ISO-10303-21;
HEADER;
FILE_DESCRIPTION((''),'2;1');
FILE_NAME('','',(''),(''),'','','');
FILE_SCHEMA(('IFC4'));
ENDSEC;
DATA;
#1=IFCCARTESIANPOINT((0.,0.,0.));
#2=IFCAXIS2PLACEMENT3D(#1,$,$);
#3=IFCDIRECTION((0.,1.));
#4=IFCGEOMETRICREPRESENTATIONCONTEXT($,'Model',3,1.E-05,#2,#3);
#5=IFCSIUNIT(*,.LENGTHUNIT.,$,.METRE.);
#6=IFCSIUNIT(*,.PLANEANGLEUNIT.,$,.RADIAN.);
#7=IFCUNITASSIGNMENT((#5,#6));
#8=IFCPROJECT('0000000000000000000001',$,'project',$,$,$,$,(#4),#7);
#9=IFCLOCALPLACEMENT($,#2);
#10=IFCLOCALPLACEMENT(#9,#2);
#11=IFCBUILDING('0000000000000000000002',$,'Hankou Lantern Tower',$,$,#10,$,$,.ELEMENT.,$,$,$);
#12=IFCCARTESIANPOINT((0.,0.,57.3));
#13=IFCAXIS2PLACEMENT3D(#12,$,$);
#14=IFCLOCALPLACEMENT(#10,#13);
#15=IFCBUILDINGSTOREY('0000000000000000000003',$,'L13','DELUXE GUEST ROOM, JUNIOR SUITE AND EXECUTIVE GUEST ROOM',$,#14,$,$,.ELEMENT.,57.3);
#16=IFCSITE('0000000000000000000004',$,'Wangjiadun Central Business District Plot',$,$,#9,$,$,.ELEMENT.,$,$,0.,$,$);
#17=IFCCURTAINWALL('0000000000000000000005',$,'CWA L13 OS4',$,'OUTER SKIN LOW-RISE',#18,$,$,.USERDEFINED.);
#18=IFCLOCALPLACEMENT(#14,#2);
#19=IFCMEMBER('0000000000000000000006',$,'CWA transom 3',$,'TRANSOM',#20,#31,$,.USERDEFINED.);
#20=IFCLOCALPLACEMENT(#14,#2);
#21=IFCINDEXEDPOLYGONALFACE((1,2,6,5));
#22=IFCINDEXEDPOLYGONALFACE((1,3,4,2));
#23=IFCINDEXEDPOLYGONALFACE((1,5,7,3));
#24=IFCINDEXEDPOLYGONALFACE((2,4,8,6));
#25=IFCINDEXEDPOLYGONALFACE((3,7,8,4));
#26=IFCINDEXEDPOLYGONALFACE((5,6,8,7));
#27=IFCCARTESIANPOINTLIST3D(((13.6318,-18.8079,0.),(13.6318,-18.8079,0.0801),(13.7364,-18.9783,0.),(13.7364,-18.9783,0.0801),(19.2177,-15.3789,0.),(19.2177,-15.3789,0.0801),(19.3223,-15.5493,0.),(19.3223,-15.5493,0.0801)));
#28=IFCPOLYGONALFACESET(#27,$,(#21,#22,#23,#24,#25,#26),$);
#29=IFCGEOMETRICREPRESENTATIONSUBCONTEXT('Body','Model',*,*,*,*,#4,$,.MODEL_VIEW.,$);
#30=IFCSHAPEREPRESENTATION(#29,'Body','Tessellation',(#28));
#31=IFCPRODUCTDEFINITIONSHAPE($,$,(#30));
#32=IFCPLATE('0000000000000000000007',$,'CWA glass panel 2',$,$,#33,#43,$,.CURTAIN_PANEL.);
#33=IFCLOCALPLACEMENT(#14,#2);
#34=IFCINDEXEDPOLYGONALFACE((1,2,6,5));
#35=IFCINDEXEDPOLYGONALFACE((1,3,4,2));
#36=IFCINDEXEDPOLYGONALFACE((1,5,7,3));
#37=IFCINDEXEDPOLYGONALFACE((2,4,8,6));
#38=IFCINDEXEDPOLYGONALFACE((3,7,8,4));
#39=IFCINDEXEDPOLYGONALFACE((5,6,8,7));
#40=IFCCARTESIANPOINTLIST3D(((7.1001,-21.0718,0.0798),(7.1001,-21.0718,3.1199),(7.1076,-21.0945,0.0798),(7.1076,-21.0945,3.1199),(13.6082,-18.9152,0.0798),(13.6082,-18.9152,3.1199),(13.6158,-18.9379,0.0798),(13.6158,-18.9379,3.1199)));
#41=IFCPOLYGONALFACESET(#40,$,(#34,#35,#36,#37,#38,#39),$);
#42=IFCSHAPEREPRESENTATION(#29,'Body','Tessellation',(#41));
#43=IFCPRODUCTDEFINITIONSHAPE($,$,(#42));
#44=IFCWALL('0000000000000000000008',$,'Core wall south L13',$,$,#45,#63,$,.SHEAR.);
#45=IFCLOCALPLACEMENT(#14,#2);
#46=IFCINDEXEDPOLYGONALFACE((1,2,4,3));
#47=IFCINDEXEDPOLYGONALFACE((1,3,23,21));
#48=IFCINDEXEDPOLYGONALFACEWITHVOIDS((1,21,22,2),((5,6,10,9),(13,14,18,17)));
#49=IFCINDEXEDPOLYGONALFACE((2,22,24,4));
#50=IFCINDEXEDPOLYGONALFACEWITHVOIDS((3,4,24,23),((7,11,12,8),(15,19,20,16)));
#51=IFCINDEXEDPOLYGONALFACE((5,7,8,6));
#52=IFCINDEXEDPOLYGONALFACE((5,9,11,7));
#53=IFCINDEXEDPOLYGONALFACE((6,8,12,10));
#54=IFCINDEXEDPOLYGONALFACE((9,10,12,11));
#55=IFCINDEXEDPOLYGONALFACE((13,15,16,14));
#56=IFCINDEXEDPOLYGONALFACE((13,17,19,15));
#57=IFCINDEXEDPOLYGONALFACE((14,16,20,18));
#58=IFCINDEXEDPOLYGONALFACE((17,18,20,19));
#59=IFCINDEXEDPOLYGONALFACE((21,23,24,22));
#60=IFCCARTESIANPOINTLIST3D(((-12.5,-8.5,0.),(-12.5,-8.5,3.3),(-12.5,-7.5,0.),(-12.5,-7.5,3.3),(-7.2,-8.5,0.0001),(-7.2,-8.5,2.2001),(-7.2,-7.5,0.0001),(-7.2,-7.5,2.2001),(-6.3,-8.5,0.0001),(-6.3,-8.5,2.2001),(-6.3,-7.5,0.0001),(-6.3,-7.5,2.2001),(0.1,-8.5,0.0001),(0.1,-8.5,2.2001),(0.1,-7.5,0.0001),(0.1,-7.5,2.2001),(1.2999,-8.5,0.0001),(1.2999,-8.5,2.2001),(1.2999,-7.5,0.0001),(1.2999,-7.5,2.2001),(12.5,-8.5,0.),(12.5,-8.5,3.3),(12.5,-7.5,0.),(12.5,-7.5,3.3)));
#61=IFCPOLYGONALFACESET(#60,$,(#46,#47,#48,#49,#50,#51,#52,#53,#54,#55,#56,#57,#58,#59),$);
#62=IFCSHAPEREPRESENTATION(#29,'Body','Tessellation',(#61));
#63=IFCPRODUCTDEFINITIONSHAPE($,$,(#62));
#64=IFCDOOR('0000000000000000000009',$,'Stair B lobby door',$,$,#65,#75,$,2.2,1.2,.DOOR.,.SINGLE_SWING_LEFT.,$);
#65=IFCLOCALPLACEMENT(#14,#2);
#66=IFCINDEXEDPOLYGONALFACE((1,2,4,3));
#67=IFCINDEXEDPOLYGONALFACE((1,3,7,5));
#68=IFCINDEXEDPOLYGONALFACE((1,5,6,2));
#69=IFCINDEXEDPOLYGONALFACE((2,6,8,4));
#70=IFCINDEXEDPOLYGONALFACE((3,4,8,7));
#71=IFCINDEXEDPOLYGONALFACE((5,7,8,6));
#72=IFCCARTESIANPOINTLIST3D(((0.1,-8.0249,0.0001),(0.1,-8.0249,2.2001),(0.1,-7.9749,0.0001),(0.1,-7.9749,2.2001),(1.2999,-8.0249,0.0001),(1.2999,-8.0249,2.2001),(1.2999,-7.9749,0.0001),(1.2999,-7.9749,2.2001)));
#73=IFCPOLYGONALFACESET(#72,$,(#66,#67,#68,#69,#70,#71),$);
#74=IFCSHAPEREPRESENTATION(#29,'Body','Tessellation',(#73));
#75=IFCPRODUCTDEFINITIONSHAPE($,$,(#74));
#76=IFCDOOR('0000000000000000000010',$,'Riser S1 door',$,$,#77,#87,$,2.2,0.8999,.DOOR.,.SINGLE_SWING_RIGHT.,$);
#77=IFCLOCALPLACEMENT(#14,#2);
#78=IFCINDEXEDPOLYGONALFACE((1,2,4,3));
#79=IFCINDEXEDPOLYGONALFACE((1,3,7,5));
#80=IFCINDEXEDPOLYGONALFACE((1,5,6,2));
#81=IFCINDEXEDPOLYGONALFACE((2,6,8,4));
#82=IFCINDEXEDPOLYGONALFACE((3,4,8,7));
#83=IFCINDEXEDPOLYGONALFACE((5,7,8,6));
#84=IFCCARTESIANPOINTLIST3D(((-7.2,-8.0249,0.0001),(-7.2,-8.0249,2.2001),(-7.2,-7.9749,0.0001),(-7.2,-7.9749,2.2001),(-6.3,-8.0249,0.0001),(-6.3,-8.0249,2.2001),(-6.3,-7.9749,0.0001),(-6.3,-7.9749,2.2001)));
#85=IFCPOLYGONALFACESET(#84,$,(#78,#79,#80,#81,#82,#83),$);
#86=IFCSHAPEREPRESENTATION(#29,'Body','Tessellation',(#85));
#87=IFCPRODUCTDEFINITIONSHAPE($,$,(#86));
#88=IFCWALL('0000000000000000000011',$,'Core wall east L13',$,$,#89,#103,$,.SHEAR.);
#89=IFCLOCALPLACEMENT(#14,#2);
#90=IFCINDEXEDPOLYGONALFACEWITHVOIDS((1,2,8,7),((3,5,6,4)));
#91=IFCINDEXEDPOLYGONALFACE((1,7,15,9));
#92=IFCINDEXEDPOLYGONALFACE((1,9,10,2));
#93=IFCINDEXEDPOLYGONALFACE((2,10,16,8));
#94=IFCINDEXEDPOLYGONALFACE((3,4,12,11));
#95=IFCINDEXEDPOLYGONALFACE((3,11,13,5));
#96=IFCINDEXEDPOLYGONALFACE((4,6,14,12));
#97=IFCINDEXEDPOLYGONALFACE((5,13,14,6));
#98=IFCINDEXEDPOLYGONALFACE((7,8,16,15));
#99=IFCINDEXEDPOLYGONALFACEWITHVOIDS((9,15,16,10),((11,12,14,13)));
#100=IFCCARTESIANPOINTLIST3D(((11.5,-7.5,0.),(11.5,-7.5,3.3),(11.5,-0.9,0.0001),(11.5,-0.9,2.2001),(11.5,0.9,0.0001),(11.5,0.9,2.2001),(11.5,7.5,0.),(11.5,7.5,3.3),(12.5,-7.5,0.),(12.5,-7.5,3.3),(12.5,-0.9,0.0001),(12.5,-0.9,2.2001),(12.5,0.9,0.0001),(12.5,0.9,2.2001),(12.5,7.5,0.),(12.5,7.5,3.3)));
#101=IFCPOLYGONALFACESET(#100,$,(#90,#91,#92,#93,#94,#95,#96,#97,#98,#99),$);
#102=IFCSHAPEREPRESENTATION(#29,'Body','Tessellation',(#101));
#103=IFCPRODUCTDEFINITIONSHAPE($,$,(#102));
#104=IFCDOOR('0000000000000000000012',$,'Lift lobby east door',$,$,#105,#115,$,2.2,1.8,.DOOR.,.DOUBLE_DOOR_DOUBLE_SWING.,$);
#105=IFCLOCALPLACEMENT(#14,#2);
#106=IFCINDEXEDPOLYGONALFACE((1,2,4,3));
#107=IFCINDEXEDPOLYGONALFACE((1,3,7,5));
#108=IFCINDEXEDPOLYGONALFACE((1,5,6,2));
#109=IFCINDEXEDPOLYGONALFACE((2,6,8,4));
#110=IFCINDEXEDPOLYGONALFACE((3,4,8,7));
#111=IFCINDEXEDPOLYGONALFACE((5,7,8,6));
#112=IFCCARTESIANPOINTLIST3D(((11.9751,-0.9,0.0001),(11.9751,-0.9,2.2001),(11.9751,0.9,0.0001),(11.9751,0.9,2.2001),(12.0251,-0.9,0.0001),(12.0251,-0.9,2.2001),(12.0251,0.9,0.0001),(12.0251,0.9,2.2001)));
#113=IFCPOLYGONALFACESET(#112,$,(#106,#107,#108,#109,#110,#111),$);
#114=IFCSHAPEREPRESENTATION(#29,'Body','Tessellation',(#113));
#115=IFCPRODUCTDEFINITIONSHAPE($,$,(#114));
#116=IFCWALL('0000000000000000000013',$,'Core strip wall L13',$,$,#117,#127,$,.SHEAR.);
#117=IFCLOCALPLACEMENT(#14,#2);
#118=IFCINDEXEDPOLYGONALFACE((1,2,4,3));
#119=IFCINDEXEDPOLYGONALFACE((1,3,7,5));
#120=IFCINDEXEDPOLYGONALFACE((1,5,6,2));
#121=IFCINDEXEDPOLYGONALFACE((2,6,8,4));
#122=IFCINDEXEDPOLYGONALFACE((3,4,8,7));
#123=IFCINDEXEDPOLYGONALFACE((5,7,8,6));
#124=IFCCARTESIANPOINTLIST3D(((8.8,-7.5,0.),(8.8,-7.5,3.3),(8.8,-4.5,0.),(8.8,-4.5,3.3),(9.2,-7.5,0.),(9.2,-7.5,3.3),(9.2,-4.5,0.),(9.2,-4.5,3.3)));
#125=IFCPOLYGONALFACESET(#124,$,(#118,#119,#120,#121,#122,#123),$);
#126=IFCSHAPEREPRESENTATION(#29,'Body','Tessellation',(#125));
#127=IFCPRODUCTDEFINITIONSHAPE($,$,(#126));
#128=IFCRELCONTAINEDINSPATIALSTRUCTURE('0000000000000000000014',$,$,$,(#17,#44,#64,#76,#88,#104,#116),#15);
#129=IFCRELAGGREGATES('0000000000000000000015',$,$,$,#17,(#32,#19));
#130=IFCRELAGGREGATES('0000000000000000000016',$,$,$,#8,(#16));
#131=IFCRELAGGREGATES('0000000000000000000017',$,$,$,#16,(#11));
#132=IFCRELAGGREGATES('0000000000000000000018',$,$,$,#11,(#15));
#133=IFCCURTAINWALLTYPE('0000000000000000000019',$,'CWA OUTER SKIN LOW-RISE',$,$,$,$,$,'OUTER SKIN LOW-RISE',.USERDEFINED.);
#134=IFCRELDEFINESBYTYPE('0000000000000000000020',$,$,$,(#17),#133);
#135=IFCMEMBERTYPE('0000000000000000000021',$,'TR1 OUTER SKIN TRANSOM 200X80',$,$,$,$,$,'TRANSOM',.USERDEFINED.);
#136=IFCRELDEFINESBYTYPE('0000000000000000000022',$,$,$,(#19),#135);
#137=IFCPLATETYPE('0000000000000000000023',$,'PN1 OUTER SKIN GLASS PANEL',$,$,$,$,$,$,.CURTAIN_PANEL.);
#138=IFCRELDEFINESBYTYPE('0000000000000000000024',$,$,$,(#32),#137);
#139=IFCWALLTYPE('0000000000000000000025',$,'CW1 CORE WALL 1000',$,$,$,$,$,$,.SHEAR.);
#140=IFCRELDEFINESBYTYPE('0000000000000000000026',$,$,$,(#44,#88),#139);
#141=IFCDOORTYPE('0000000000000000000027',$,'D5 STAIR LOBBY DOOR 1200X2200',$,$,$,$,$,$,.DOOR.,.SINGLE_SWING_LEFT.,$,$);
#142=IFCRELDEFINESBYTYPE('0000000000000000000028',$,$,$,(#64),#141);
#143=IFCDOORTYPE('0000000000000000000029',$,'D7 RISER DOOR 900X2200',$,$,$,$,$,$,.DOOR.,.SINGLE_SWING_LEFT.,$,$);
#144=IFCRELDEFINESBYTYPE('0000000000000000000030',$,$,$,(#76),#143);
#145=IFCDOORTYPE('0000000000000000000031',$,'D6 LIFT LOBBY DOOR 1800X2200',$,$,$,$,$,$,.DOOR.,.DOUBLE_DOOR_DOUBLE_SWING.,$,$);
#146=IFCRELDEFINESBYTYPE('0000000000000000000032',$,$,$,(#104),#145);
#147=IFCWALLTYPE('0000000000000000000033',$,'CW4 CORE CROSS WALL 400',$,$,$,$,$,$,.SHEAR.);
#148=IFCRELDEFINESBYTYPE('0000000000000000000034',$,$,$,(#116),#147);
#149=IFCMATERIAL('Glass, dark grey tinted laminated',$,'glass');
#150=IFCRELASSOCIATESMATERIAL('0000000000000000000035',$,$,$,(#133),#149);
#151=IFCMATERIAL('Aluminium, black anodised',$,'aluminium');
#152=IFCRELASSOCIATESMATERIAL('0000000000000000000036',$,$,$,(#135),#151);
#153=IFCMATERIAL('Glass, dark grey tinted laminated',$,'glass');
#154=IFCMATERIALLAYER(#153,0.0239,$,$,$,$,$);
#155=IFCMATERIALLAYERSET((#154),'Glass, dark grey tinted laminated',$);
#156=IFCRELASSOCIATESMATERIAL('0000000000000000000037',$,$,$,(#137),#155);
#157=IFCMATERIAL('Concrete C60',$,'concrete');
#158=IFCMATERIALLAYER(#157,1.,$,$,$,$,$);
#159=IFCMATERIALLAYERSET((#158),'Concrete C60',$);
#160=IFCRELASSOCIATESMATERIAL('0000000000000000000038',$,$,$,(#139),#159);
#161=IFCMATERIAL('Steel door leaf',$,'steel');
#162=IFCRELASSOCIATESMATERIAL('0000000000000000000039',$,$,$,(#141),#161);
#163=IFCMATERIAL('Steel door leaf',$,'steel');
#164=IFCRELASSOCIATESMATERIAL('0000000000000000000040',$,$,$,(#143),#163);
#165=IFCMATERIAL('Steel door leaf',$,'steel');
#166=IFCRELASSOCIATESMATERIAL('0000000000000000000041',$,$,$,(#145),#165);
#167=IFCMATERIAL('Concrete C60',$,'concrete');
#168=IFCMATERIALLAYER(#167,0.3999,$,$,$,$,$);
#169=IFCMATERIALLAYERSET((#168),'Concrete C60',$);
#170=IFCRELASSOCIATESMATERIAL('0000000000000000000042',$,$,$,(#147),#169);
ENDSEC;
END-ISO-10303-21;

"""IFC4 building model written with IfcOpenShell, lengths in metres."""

from ifc_helpers import new_model, si_unit, direction, frame, frame_2d, origin, origin_2d, place, context, subcontext, project, spatial, rectangle, extrude, material, layer, layer_set, material_profile, profile_set, type_object, element, fill, aggregate, save


model = new_model("IFC4")

# Units and contexts
model_context = context("Model", 3, precision=1e-05, world=origin(), true_north=direction((0.0, 1.0)))
body_context = subcontext(model_context, "Body", "Model", "MODEL_VIEW")
ifc_project = project(units=[si_unit("LENGTHUNIT", "METRE"), si_unit("PLANEANGLEUNIT", "RADIAN")], contexts=[model_context])

# Site, building, storey
site_placement = place(None, origin())
site = spatial("IfcSite", under=ifc_project, at=site_placement, Name="Wangjiadun Central Business District Plot", CompositionType="ELEMENT", RefElevation=0.0)
building_placement = place(site_placement, origin())
building = spatial("IfcBuilding", under=site, at=building_placement, Name="Hankou Lantern Tower", CompositionType="ELEMENT")
storey_placement = place(building_placement, frame((0.0, 0.0, 57.3)))
storey = spatial("IfcBuildingStorey", under=building, at=storey_placement, Name="L13", Description="DELUXE GUEST ROOM, JUNIOR SUITE AND EXECUTIVE GUEST ROOM", CompositionType="ELEMENT", Elevation=57.3)

# Curtain wall
ifc_material_1 = material(Name="Glass, dark grey tinted laminated", Category="glass")
curtain_wall_type = type_object("IfcCurtainWallType", Name="CWA OUTER SKIN LOW-RISE", ElementType="OUTER SKIN LOW-RISE", PredefinedType="USERDEFINED", material=ifc_material_1)
curtain_wall_placement = place(storey_placement, origin())
curtain_wall = element("IfcCurtainWall", 1, at=curtain_wall_placement, inside=storey, type_object=curtain_wall_type, Name="CWA L13 OS4", ObjectType="OUTER SKIN LOW-RISE", PredefinedType="USERDEFINED")

# Member
ifc_material_2 = material(Name="Aluminium, black anodised", Category="aluminium")
ifc_material_profile_1 = material_profile(ifc_material_2, rectangle(XDim=0.2, YDim=0.0801, at=origin_2d()), Name="TR1 200X80")
ifc_profile_set_1 = profile_set([ifc_material_profile_1], Name="Aluminium, black anodised")
member_type_1 = type_object("IfcMemberType", Name="TR1 OUTER SKIN TRANSOM 200X80", ElementType="TRANSOM", PredefinedType="USERDEFINED", material=ifc_profile_set_1)
member_1_placement = place(storey_placement, frame((13.6841, -18.8931, 0.04), z_axis=(0.85224, 0.523152, 0.0), x_axis=(-0.523152, 0.85224, 0.0)))
member_1 = element("IfcMember", 2, at=member_1_placement, type_object=member_type_1, Name="CWA transom 3", ObjectType="TRANSOM", PredefinedType="USERDEFINED", context=body_context, shape_type="SweptSolid", body=[
    extrude(rectangle(XDim=0.2, YDim=0.0801, at=origin_2d()), origin(), (0.0, 0.0, 1.0), 6.5544),
])

# Plate
ifc_material_3 = material(Name="Glass, dark grey tinted laminated", Category="glass")
ifc_layer_1 = layer(ifc_material_3, 0.0239)
ifc_layer_set_1 = layer_set([ifc_layer_1], Name="Glass, dark grey tinted laminated")
plate_type = type_object("IfcPlateType", Name="PN1 OUTER SKIN GLASS PANEL", PredefinedType="CURTAIN_PANEL", material=ifc_layer_set_1)
plate_placement = place(storey_placement, frame((10.3579, -20.0049, 0.0798), z_axis=(0.0, 0.0, 1.0), x_axis=(0.949241, 0.314551, 0.0)))
plate = element("IfcPlate", 3, at=plate_placement, type_object=plate_type, Name="CWA glass panel 2", PredefinedType="CURTAIN_PANEL", context=body_context, shape_type="SweptSolid", body=[
    extrude(rectangle(XDim=6.8562, YDim=0.0239, at=origin_2d()), origin(), (0.0, 0.0, 1.0), 3.04),
])
aggregate(curtain_wall, [plate, member_1])

# Wall, openings, doors
ifc_material_4 = material(Name="Concrete C60", Category="concrete")
ifc_layer_2 = layer(ifc_material_4, 1.0)
ifc_layer_set_2 = layer_set([ifc_layer_2], Name="Concrete C60")
wall_type_1 = type_object("IfcWallType", Name="CW1 CORE WALL 1000", PredefinedType="SHEAR", material=ifc_layer_set_2)
wall_1_placement = place(storey_placement, frame((12.5, -8.0, 0.0), z_axis=(0.0, 0.0, 1.0), x_axis=(-1.0, 0.0, 0.0)))
wall_1 = element("IfcWall", 4, at=wall_1_placement, inside=storey, type_object=wall_type_1, Name="Core wall south L13", PredefinedType="SHEAR", context=body_context, shape_type="SweptSolid", body=[
    extrude(rectangle(XDim=25.0, YDim=1.0, at=frame_2d((12.5, 0.0))), origin(), (0.0, 0.0, 1.0), 3.3),
])
opening_1_placement = place(wall_1_placement, frame((11.2, 0.0, 0.0)))
opening_1 = element("IfcOpeningElement", 5, at=opening_1_placement, cuts=wall_1, PredefinedType="OPENING", context=body_context, shape_type="SweptSolid", body=[
    extrude(rectangle(XDim=1.2, YDim=2.2, at=frame_2d((0.6001, 1.1001))), frame((0.0, 0.51, 0.0), z_axis=(0.0, -1.0, 0.0), x_axis=(1.0, 0.0, 0.0)), (0.0, 0.0, 1.0), 1.02),
])
opening_2_placement = place(wall_1_placement, frame((18.8, 0.0, 0.0)))
opening_2 = element("IfcOpeningElement", 6, at=opening_2_placement, cuts=wall_1, PredefinedType="OPENING", context=body_context, shape_type="SweptSolid", body=[
    extrude(rectangle(XDim=0.8999, YDim=2.2, at=frame_2d((0.45, 1.1001))), frame((0.0, 0.51, 0.0), z_axis=(0.0, -1.0, 0.0), x_axis=(1.0, 0.0, 0.0)), (0.0, 0.0, 1.0), 1.02),
])
ifc_material_5 = material(Name="Steel door leaf", Category="steel")
door_type_1 = type_object("IfcDoorType", Name="D5 STAIR LOBBY DOOR 1200X2200", OperationType="SINGLE_SWING_LEFT", PredefinedType="DOOR", material=ifc_material_5)
door_1_placement = place(opening_1_placement, origin())
door_1 = element("IfcDoor", 7, at=door_1_placement, inside=storey, type_object=door_type_1, Name="Stair B lobby door", OperationType="SINGLE_SWING_LEFT", OverallHeight=2.2, OverallWidth=1.2, PredefinedType="DOOR", context=body_context, shape_type="SweptSolid", body=[
    extrude(rectangle(XDim=1.2, YDim=2.2, at=frame_2d((0.6001, 1.1001))), frame((0.0, 0.0249, 0.0), z_axis=(0.0, -1.0, 0.0), x_axis=(1.0, 0.0, 0.0)), (0.0, 0.0, 1.0), 0.05),
])
fill(opening_1, door_1)
ifc_material_6 = material(Name="Steel door leaf", Category="steel")
door_type_2 = type_object("IfcDoorType", Name="D7 RISER DOOR 900X2200", OperationType="SINGLE_SWING_LEFT", PredefinedType="DOOR", material=ifc_material_6)
door_2_placement = place(opening_2_placement, origin())
door_2 = element("IfcDoor", 8, at=door_2_placement, inside=storey, type_object=door_type_2, Name="Riser S1 door", OperationType="SINGLE_SWING_RIGHT", OverallHeight=2.2, OverallWidth=0.8999, PredefinedType="DOOR", context=body_context, shape_type="SweptSolid", body=[
    extrude(rectangle(XDim=0.8999, YDim=2.2, at=frame_2d((0.45, 1.1001))), frame((0.0, 0.0249, 0.0), z_axis=(0.0, -1.0, 0.0), x_axis=(1.0, 0.0, 0.0)), (0.0, 0.0, 1.0), 0.05),
])
fill(opening_2, door_2)

# Wall, opening, door
wall_2_placement = place(storey_placement, frame((12.0, -7.5, 0.0), z_axis=(0.0, 0.0, 1.0), x_axis=(0.0, 1.0, 0.0)))
wall_2 = element("IfcWall", 9, at=wall_2_placement, inside=storey, type_object=wall_type_1, Name="Core wall east L13", PredefinedType="SHEAR", context=body_context, shape_type="SweptSolid", body=[
    extrude(rectangle(XDim=15.0, YDim=1.0, at=frame_2d((7.5, 0.0))), origin(), (0.0, 0.0, 1.0), 3.3),
])
opening_3_placement = place(wall_2_placement, frame((6.6001, 0.0, 0.0)))
opening_3 = element("IfcOpeningElement", 10, at=opening_3_placement, cuts=wall_2, PredefinedType="OPENING", context=body_context, shape_type="SweptSolid", body=[
    extrude(rectangle(XDim=1.8, YDim=2.2, at=frame_2d((0.8999, 1.1001))), frame((0.0, 0.51, 0.0), z_axis=(0.0, -1.0, 0.0), x_axis=(1.0, 0.0, 0.0)), (0.0, 0.0, 1.0), 1.02),
])
ifc_material_7 = material(Name="Steel door leaf", Category="steel")
door_type_3 = type_object("IfcDoorType", Name="D6 LIFT LOBBY DOOR 1800X2200", OperationType="DOUBLE_DOOR_DOUBLE_SWING", PredefinedType="DOOR", material=ifc_material_7)
door_3_placement = place(opening_3_placement, origin())
door_3 = element("IfcDoor", 11, at=door_3_placement, inside=storey, type_object=door_type_3, Name="Lift lobby east door", OperationType="DOUBLE_DOOR_DOUBLE_SWING", OverallHeight=2.2, OverallWidth=1.8, PredefinedType="DOOR", context=body_context, shape_type="SweptSolid", body=[
    extrude(rectangle(XDim=1.8, YDim=2.2, at=frame_2d((0.8999, 1.1001))), frame((0.0, 0.0249, 0.0), z_axis=(0.0, -1.0, 0.0), x_axis=(1.0, 0.0, 0.0)), (0.0, 0.0, 1.0), 0.05),
])
fill(opening_3, door_3)

# Wall
ifc_material_8 = material(Name="Concrete C60", Category="concrete")
ifc_layer_3 = layer(ifc_material_8, 0.3999)
ifc_layer_set_3 = layer_set([ifc_layer_3], Name="Concrete C60")
wall_type_2 = type_object("IfcWallType", Name="CW4 CORE CROSS WALL 400", PredefinedType="SHEAR", material=ifc_layer_set_3)
wall_3_placement = place(storey_placement, frame((9.0, -7.5, 0.0), z_axis=(0.0, 0.0, 1.0), x_axis=(0.0, 1.0, 0.0)))
element("IfcWall", 12, at=wall_3_placement, inside=storey, type_object=wall_type_2, Name="Core strip wall L13", PredefinedType="SHEAR", context=body_context, shape_type="SweptSolid", body=[
    extrude(rectangle(XDim=3.0, YDim=0.3999, at=frame_2d((1.5, 0.0))), origin(), (0.0, 0.0, 1.0), 3.3),
])

save(model, "model.ifc")
